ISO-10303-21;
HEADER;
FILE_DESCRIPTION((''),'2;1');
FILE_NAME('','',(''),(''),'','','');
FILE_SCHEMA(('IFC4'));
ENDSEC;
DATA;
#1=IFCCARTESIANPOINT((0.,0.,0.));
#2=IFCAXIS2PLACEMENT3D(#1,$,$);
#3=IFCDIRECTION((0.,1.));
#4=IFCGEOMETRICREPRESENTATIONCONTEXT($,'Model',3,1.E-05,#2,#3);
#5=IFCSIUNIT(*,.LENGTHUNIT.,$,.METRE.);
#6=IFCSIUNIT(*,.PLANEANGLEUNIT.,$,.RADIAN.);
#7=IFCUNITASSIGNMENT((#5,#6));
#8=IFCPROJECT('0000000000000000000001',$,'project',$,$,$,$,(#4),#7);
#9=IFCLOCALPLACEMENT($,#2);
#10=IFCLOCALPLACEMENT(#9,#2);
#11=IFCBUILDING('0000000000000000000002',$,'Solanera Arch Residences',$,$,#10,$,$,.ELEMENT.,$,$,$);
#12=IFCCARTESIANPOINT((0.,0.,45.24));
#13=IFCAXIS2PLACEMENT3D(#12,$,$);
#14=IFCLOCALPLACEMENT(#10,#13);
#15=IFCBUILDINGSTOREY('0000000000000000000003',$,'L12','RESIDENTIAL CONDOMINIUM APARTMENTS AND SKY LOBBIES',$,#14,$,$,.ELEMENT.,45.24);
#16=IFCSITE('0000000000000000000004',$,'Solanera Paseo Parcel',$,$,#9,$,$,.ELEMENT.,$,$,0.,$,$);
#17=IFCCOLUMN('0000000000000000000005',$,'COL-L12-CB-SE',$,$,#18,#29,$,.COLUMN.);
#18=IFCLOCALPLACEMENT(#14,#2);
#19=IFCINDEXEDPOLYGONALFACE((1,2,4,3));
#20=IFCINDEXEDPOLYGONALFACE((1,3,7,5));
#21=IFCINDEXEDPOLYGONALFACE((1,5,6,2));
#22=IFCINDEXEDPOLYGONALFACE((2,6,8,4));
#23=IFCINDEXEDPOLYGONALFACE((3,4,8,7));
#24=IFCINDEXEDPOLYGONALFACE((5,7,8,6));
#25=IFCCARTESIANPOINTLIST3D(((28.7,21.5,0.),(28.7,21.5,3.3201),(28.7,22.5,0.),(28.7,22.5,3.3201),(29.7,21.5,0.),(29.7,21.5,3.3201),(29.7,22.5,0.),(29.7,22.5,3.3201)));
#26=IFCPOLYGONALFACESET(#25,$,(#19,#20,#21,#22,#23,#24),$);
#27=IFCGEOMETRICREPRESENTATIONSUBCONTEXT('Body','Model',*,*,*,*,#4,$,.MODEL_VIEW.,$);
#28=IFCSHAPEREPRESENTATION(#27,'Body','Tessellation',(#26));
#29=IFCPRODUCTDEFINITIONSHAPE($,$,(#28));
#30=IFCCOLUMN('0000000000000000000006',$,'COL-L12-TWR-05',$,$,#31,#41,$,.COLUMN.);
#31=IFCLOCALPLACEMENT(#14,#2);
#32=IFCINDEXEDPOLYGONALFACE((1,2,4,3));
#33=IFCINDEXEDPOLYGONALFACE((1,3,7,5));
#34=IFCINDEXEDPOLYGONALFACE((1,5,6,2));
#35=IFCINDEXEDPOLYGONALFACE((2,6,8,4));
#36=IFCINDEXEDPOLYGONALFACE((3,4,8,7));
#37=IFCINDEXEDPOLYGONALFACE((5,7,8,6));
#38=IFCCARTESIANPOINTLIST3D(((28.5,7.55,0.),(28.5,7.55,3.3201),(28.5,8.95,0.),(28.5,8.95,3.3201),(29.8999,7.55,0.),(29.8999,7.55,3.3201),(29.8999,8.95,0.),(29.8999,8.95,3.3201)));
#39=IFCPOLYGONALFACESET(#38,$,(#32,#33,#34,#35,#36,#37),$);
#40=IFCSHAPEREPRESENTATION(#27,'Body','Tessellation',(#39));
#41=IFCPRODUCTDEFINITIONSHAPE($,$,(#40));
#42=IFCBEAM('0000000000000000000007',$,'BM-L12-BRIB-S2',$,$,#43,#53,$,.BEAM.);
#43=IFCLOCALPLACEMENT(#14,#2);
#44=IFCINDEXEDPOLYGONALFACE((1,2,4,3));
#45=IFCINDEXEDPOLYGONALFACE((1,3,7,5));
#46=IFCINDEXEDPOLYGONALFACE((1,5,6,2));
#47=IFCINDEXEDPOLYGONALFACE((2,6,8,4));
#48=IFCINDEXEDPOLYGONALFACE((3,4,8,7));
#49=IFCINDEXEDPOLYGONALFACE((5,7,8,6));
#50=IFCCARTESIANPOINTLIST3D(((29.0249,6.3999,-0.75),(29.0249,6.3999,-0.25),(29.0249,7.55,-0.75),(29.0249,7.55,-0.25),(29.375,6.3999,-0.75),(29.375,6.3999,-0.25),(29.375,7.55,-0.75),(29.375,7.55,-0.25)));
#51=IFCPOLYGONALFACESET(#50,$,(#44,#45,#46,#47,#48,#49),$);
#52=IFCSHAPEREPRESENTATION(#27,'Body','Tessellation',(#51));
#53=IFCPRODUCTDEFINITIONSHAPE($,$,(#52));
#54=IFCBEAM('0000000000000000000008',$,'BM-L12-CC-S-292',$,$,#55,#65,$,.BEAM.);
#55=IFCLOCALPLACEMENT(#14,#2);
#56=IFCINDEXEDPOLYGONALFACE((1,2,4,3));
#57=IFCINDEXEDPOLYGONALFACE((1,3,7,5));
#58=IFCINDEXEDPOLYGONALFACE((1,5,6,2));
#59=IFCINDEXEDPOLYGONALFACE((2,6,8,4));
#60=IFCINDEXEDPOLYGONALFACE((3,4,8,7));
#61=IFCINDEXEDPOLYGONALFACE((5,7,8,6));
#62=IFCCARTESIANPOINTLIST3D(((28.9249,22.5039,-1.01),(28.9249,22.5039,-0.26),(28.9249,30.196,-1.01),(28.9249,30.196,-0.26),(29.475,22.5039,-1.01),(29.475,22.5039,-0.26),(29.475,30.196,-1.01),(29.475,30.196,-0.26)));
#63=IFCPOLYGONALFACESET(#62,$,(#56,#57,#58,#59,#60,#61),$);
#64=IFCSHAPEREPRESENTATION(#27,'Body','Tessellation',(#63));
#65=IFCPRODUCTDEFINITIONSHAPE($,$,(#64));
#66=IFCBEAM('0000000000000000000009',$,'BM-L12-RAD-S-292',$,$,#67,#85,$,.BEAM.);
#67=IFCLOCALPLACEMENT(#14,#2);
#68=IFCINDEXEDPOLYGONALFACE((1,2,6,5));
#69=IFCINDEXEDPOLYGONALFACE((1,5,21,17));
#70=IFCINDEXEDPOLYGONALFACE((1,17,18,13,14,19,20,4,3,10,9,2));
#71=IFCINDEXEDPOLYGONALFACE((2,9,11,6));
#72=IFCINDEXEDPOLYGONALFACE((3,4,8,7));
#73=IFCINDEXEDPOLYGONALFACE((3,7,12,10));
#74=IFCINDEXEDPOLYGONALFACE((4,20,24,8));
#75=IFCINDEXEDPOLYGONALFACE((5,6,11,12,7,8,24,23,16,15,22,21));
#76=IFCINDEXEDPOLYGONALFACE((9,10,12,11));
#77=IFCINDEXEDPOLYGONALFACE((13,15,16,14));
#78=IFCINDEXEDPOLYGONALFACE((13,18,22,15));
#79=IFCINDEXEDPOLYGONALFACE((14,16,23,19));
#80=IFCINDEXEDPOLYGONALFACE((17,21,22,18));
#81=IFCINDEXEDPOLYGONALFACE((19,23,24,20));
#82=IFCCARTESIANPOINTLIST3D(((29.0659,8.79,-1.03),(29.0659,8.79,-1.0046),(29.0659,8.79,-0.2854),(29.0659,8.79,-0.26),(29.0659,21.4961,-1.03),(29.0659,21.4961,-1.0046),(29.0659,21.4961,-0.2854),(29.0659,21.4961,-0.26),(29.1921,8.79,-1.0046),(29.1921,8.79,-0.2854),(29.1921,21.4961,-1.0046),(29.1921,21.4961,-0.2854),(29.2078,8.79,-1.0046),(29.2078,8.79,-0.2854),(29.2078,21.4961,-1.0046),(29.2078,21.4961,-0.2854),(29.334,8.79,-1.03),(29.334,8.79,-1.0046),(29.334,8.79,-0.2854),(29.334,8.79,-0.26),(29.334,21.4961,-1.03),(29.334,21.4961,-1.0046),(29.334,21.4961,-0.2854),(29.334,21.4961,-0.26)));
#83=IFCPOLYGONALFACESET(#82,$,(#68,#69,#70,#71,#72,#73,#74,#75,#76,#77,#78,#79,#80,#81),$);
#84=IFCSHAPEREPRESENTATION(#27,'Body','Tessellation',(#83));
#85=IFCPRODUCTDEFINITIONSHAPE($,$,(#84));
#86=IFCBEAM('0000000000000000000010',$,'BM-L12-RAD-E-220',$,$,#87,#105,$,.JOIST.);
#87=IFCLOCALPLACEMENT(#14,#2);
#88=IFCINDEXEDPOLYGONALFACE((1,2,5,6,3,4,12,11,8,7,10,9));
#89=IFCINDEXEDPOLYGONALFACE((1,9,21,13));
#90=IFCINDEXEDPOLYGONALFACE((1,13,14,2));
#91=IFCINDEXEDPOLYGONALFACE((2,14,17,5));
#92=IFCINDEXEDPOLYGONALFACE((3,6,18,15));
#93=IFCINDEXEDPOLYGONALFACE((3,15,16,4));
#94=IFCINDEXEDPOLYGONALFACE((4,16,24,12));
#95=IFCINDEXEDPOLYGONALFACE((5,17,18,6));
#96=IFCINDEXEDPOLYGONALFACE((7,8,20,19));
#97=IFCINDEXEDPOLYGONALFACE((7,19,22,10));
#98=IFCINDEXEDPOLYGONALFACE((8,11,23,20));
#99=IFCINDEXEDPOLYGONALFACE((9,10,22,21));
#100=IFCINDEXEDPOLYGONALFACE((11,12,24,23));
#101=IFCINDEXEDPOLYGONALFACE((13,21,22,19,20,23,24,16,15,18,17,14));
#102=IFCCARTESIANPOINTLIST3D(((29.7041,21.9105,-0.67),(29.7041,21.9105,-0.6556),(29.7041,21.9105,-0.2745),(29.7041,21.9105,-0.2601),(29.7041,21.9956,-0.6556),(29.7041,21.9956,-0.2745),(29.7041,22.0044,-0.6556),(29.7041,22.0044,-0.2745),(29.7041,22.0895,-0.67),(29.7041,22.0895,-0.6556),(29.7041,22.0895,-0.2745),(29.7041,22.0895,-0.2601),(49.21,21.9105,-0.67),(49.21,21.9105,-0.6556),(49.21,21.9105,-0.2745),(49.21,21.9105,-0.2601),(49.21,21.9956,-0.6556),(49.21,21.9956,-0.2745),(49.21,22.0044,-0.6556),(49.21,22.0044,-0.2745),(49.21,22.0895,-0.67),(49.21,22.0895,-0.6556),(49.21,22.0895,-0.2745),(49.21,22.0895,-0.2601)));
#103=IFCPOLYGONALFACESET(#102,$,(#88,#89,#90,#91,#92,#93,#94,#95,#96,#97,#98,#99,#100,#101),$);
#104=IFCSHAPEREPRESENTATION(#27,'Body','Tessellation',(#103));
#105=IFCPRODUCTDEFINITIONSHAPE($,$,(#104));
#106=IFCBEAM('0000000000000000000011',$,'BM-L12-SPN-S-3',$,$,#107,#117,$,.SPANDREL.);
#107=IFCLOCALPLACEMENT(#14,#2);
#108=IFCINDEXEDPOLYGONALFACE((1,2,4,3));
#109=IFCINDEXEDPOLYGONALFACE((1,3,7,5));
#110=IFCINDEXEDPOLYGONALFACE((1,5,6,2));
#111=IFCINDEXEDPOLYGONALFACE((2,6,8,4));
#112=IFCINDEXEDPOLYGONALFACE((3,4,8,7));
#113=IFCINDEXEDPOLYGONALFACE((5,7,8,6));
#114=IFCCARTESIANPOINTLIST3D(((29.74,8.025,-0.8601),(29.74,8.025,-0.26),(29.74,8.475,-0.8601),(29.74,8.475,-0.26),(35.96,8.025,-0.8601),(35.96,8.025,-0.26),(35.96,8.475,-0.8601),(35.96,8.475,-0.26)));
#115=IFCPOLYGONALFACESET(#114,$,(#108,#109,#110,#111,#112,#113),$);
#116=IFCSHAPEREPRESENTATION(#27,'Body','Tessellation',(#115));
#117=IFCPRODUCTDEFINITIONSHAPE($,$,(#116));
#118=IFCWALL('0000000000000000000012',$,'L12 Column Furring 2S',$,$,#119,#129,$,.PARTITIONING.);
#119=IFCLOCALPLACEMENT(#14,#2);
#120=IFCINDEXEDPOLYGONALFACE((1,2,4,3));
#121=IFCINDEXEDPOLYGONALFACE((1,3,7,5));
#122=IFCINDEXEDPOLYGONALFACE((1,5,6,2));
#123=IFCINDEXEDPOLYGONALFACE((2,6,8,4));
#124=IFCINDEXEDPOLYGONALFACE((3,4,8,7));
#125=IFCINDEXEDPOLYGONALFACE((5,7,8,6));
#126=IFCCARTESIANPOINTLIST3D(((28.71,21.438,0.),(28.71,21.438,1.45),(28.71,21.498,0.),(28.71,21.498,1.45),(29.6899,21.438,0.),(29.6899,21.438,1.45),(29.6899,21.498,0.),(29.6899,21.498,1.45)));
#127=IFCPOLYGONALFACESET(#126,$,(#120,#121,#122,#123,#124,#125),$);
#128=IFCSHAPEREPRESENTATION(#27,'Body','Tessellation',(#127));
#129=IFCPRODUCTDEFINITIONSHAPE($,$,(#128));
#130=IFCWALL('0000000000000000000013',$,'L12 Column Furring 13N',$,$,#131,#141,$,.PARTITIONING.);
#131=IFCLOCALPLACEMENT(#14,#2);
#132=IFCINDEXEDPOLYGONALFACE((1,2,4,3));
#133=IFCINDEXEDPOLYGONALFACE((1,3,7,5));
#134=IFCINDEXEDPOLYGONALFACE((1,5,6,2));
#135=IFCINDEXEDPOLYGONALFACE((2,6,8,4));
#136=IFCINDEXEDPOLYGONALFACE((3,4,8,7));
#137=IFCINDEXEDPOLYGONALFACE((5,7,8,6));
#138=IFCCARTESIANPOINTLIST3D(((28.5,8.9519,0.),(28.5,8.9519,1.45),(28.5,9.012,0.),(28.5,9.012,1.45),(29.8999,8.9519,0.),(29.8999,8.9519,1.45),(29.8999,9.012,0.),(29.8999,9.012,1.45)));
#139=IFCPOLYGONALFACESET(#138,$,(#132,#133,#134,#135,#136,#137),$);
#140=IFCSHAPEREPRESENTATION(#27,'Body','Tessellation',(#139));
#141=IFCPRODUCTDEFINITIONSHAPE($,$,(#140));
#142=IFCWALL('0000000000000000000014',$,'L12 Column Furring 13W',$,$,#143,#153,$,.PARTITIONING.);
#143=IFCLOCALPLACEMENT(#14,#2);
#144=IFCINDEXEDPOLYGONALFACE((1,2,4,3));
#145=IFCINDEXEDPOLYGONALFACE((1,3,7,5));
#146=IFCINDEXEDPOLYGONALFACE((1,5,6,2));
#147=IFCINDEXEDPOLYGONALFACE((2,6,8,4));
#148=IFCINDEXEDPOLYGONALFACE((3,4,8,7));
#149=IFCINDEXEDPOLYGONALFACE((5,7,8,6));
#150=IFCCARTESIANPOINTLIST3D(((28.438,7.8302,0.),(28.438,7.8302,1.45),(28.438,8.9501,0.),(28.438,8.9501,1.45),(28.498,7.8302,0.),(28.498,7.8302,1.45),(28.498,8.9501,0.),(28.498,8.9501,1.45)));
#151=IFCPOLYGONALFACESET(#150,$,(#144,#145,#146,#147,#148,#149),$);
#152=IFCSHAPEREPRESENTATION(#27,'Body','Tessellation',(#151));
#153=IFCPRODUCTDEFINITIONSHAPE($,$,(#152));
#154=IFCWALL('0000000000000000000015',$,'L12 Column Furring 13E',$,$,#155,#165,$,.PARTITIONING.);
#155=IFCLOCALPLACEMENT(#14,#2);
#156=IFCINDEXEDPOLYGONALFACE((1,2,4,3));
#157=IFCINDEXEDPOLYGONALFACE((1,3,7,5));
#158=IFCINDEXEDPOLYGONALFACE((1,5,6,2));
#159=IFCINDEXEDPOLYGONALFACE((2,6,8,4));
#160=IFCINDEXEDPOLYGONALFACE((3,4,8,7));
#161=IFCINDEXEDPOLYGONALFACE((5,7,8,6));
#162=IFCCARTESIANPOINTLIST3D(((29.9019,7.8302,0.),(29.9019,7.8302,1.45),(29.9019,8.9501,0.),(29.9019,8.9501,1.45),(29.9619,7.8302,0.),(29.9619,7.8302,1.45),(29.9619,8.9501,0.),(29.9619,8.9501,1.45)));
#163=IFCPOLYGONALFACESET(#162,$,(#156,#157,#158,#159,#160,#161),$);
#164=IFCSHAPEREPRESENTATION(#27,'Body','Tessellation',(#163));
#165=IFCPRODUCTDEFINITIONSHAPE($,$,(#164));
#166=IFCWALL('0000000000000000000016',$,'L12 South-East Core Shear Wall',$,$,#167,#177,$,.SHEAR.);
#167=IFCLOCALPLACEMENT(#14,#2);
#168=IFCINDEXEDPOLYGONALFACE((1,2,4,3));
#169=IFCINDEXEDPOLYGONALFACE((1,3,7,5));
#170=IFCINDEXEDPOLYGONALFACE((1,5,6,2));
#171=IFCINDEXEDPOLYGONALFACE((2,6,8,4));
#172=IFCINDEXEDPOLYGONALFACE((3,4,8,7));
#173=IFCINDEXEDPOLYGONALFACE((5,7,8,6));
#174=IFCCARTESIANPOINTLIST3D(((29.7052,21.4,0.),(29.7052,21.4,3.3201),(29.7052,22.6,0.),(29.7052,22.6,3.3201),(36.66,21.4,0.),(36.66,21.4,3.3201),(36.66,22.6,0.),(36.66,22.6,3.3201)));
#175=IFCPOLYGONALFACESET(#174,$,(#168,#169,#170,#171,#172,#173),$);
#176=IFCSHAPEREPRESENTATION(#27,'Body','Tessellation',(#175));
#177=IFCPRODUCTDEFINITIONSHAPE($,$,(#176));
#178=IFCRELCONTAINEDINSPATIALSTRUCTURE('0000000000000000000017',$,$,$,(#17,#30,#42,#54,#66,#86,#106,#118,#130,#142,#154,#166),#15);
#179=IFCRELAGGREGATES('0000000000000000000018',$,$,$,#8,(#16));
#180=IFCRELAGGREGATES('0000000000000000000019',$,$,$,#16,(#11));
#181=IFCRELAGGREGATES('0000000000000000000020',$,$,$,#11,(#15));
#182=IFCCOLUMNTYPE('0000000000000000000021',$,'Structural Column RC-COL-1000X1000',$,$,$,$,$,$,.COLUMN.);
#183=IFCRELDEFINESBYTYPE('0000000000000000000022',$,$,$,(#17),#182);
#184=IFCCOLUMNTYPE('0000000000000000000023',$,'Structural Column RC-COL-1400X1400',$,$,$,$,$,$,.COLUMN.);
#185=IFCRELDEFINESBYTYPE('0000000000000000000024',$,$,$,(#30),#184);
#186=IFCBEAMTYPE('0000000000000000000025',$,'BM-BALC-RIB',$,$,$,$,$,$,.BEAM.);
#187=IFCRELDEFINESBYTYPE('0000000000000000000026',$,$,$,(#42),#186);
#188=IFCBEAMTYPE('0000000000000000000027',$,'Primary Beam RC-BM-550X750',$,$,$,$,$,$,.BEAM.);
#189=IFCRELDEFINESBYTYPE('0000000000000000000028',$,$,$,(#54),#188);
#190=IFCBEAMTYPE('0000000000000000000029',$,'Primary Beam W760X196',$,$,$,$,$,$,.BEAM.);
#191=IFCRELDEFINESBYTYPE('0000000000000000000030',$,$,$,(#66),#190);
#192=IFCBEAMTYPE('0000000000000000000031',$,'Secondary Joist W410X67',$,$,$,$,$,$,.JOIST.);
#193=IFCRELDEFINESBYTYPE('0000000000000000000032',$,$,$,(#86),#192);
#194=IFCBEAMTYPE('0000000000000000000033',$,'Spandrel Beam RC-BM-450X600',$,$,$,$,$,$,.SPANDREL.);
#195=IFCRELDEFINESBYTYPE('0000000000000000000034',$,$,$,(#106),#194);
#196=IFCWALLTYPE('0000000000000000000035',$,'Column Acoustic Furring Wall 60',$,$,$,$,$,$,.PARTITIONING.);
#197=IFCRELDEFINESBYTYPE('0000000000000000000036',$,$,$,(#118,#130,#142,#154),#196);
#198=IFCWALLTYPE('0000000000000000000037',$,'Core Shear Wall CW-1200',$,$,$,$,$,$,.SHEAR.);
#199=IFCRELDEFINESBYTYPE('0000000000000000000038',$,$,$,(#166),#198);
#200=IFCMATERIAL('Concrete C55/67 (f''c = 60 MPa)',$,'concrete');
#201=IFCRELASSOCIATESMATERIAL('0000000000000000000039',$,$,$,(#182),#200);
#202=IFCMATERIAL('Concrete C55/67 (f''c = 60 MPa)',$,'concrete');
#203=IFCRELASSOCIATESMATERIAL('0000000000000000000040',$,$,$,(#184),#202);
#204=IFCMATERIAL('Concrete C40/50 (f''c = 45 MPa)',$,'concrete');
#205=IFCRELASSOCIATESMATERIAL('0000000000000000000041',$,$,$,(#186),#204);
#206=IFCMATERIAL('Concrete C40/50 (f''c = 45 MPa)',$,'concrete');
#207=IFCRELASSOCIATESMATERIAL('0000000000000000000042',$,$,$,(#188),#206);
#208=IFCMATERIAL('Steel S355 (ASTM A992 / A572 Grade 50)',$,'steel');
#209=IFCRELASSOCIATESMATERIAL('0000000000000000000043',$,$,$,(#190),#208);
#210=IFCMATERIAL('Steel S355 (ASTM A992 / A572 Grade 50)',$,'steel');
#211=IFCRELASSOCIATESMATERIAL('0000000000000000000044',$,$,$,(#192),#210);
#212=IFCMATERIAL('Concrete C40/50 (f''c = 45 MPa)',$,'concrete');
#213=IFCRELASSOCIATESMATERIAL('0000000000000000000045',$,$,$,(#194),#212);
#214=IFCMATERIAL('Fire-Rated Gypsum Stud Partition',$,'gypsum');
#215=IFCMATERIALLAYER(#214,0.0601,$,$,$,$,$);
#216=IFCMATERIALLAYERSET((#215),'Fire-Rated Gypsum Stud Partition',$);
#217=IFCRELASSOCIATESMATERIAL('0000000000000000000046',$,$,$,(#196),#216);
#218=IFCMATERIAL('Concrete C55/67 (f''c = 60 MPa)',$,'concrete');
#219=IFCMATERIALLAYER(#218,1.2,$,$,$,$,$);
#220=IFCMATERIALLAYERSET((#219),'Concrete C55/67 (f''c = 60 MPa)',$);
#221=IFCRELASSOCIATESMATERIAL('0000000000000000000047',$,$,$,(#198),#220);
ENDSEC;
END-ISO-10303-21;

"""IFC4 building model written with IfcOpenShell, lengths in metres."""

from ifc_helpers import new_model, si_unit, direction, frame, frame_2d, origin, origin_2d, place, context, subcontext, project, spatial, rectangle, i_section, extrude, material, layer, layer_set, material_profile, profile_set, type_object, element, save


model = new_model("IFC4")

# Units and contexts
model_context = context("Model", 3, precision=1e-05, world=origin(), true_north=direction((0.0, 1.0)))
body_context = subcontext(model_context, "Body", "Model", "MODEL_VIEW")
ifc_project = project(units=[si_unit("LENGTHUNIT", "METRE"), si_unit("PLANEANGLEUNIT", "RADIAN")], contexts=[model_context])

# Site, building, storey
site_placement = place(None, origin())
site = spatial("IfcSite", under=ifc_project, at=site_placement, Name="Solanera Paseo Parcel", CompositionType="ELEMENT", RefElevation=0.0)
building_placement = place(site_placement, origin())
building = spatial("IfcBuilding", under=site, at=building_placement, Name="Solanera Arch Residences", CompositionType="ELEMENT")
storey_placement = place(building_placement, frame((0.0, 0.0, 45.24)))
storey = spatial("IfcBuildingStorey", under=building, at=storey_placement, Name="L12", Description="RESIDENTIAL CONDOMINIUM APARTMENTS AND SKY LOBBIES", CompositionType="ELEMENT", Elevation=45.24)

# Columns
ifc_material_1 = material(Name="Concrete C55/67 (f'c = 60 MPa)", Category="concrete")
ifc_material_profile_1 = material_profile(ifc_material_1, rectangle(XDim=1.0, YDim=1.0, at=origin_2d()))
ifc_profile_set_1 = profile_set([ifc_material_profile_1], Name="Concrete C55/67 (f'c = 60 MPa)")
column_type_1 = type_object("IfcColumnType", Name="Structural Column RC-COL-1000X1000", PredefinedType="COLUMN", material=ifc_profile_set_1)
column_1_placement = place(storey_placement, frame((29.2, 22.0, 0.0), z_axis=(0.0, 0.0, 1.0), x_axis=(1.0, 0.0, 0.0)))
element("IfcColumn", 1, at=column_1_placement, inside=storey, type_object=column_type_1, Name="COL-L12-CB-SE", PredefinedType="COLUMN", context=body_context, shape_type="SweptSolid", body=[
    extrude(rectangle(XDim=1.0, YDim=1.0, at=origin_2d()), origin(), (0.0, 0.0, 1.0), 3.3201),
])
ifc_material_2 = material(Name="Concrete C55/67 (f'c = 60 MPa)", Category="concrete")
ifc_material_profile_2 = material_profile(ifc_material_2, rectangle(XDim=1.3999, YDim=1.3999, at=origin_2d()))
ifc_profile_set_2 = profile_set([ifc_material_profile_2], Name="Concrete C55/67 (f'c = 60 MPa)")
column_type_2 = type_object("IfcColumnType", Name="Structural Column RC-COL-1400X1400", PredefinedType="COLUMN", material=ifc_profile_set_2)
column_2_placement = place(storey_placement, frame((29.2, 8.25, 0.0), z_axis=(0.0, 0.0, 1.0), x_axis=(1.0, 0.0, 0.0)))
element("IfcColumn", 2, at=column_2_placement, inside=storey, type_object=column_type_2, Name="COL-L12-TWR-05", PredefinedType="COLUMN", context=body_context, shape_type="SweptSolid", body=[
    extrude(rectangle(XDim=1.3999, YDim=1.3999, at=origin_2d()), origin(), (0.0, 0.0, 1.0), 3.3201),
])

# Beams
ifc_material_3 = material(Name="Concrete C40/50 (f'c = 45 MPa)", Category="concrete")
ifc_material_profile_3 = material_profile(ifc_material_3, rectangle(XDim=0.3501, YDim=0.5, at=origin_2d()))
ifc_profile_set_3 = profile_set([ifc_material_profile_3], Name="Concrete C40/50 (f'c = 45 MPa)")
beam_type_1 = type_object("IfcBeamType", Name="BM-BALC-RIB", PredefinedType="BEAM", material=ifc_profile_set_3)
beam_1_placement = place(storey_placement, frame((29.2, 6.3999, -0.5), z_axis=(0.0, 1.0, 0.0), x_axis=(-1.0, 0.0, 0.0)))
element("IfcBeam", 3, at=beam_1_placement, inside=storey, type_object=beam_type_1, Name="BM-L12-BRIB-S2", PredefinedType="BEAM", context=body_context, shape_type="SweptSolid", body=[
    extrude(rectangle(XDim=0.3501, YDim=0.5, at=origin_2d()), origin(), (0.0, 0.0, 1.0), 1.1501),
])
ifc_material_4 = material(Name="Concrete C40/50 (f'c = 45 MPa)", Category="concrete")
ifc_material_profile_4 = material_profile(ifc_material_4, rectangle(XDim=0.55, YDim=0.75, at=origin_2d()))
ifc_profile_set_4 = profile_set([ifc_material_profile_4], Name="Concrete C40/50 (f'c = 45 MPa)")
beam_type_2 = type_object("IfcBeamType", Name="Primary Beam RC-BM-550X750", PredefinedType="BEAM", material=ifc_profile_set_4)
beam_2_placement = place(storey_placement, frame((29.2, 22.5039, -0.635), z_axis=(0.0, 1.0, 0.0), x_axis=(-1.0, 0.0, 0.0)))
element("IfcBeam", 4, at=beam_2_placement, inside=storey, type_object=beam_type_2, Name="BM-L12-CC-S-292", PredefinedType="BEAM", context=body_context, shape_type="SweptSolid", body=[
    extrude(rectangle(XDim=0.55, YDim=0.75, at=origin_2d()), origin(), (0.0, 0.0, 1.0), 7.6921),
])
ifc_material_5 = material(Name="Steel S355 (ASTM A992 / A572 Grade 50)", Category="steel")
ifc_material_profile_5 = material_profile(ifc_material_5, i_section(OverallWidth=0.2681, OverallDepth=0.77, WebThickness=0.0156, FlangeThickness=0.0254, at=origin_2d()))
ifc_profile_set_5 = profile_set([ifc_material_profile_5], Name="Steel S355 (ASTM A992 / A572 Grade 50)")
beam_type_3 = type_object("IfcBeamType", Name="Primary Beam W760X196", PredefinedType="BEAM", material=ifc_profile_set_5)
beam_3_placement = place(storey_placement, frame((29.2, 8.79, -0.645), z_axis=(0.0, 1.0, 0.0), x_axis=(-1.0, 0.0, 0.0)))
element("IfcBeam", 5, at=beam_3_placement, inside=storey, type_object=beam_type_3, Name="BM-L12-RAD-S-292", PredefinedType="BEAM", context=body_context, shape_type="SweptSolid", body=[
    extrude(i_section(OverallWidth=0.2681, OverallDepth=0.77, WebThickness=0.0156, FlangeThickness=0.0254, at=origin_2d()), origin(), (0.0, 0.0, 1.0), 12.7061),
])
ifc_material_6 = material(Name="Steel S355 (ASTM A992 / A572 Grade 50)", Category="steel")
ifc_material_profile_6 = material_profile(ifc_material_6, i_section(OverallWidth=0.179, OverallDepth=0.4099, WebThickness=0.0088, FlangeThickness=0.0144, at=origin_2d()))
ifc_profile_set_6 = profile_set([ifc_material_profile_6], Name="Steel S355 (ASTM A992 / A572 Grade 50)")
beam_type_4 = type_object("IfcBeamType", Name="Secondary Joist W410X67", PredefinedType="JOIST", material=ifc_profile_set_6)
beam_4_placement = place(storey_placement, frame((29.7041, 22.0, -0.4651), z_axis=(1.0, 0.0, 0.0), x_axis=(0.0, 1.0, 0.0)))
element("IfcBeam", 6, at=beam_4_placement, inside=storey, type_object=beam_type_4, Name="BM-L12-RAD-E-220", PredefinedType="JOIST", context=body_context, shape_type="SweptSolid", body=[
    extrude(i_section(OverallWidth=0.179, OverallDepth=0.4099, WebThickness=0.0088, FlangeThickness=0.0144, at=origin_2d()), origin(), (0.0, 0.0, 1.0), 19.5059),
])
ifc_material_7 = material(Name="Concrete C40/50 (f'c = 45 MPa)", Category="concrete")
ifc_material_profile_7 = material_profile(ifc_material_7, rectangle(XDim=0.45, YDim=0.6001, at=origin_2d()))
ifc_profile_set_7 = profile_set([ifc_material_profile_7], Name="Concrete C40/50 (f'c = 45 MPa)")
beam_type_5 = type_object("IfcBeamType", Name="Spandrel Beam RC-BM-450X600", PredefinedType="SPANDREL", material=ifc_profile_set_7)
beam_5_placement = place(storey_placement, frame((29.74, 8.25, -0.5601), z_axis=(1.0, 0.0, 0.0), x_axis=(0.0, 1.0, 0.0)))
element("IfcBeam", 7, at=beam_5_placement, inside=storey, type_object=beam_type_5, Name="BM-L12-SPN-S-3", PredefinedType="SPANDREL", context=body_context, shape_type="SweptSolid", body=[
    extrude(rectangle(XDim=0.45, YDim=0.6001, at=origin_2d()), origin(), (0.0, 0.0, 1.0), 6.22),
])

# Walls
ifc_material_8 = material(Name="Fire-Rated Gypsum Stud Partition", Category="gypsum")
ifc_layer_1 = layer(ifc_material_8, 0.0601)
ifc_layer_set_1 = layer_set([ifc_layer_1], Name="Fire-Rated Gypsum Stud Partition")
wall_type_1 = type_object("IfcWallType", Name="Column Acoustic Furring Wall 60", PredefinedType="PARTITIONING", material=ifc_layer_set_1)
wall_1_placement = place(storey_placement, frame((28.71, 21.468, 0.0), z_axis=(0.0, 0.0, 1.0), x_axis=(1.0, 0.0, 0.0)))
element("IfcWall", 8, at=wall_1_placement, inside=storey, type_object=wall_type_1, Name="L12 Column Furring 2S", PredefinedType="PARTITIONING", context=body_context, shape_type="SweptSolid", body=[
    extrude(rectangle(XDim=0.98, YDim=0.0601, at=frame_2d((0.49, 0.0))), origin(), (0.0, 0.0, 1.0), 1.45),
])
wall_2_placement = place(storey_placement, frame((28.5, 8.9819, 0.0), z_axis=(0.0, 0.0, 1.0), x_axis=(1.0, 0.0, 0.0)))
element("IfcWall", 9, at=wall_2_placement, inside=storey, type_object=wall_type_1, Name="L12 Column Furring 13N", PredefinedType="PARTITIONING", context=body_context, shape_type="SweptSolid", body=[
    extrude(rectangle(XDim=1.3999, YDim=0.0601, at=frame_2d((0.7, 0.0))), origin(), (0.0, 0.0, 1.0), 1.45),
])
for number, where, z_axis, x_axis, name in (
    (10, (28.468, 7.8301, 0.0), (0.0, 0.0, 1.0), (0.0, 1.0, 0.0), "L12 Column Furring 13W"),
    (11, (29.9319, 7.8301, 0.0), (0.0, 0.0, 1.0), (0.0, 1.0, 0.0), "L12 Column Furring 13E"),
):
    element("IfcWall", number, at=place(storey_placement, frame(where, z_axis=z_axis, x_axis=x_axis)), inside=storey, type_object=wall_type_1, Name=name, PredefinedType="PARTITIONING", context=body_context, shape_type="SweptSolid", body=[
        extrude(rectangle(XDim=1.1199, YDim=0.0601, at=frame_2d((0.5601, 0.0))), origin(), (0.0, 0.0, 1.0), 1.45),
    ])
ifc_material_9 = material(Name="Concrete C55/67 (f'c = 60 MPa)", Category="concrete")
ifc_layer_2 = layer(ifc_material_9, 1.2)
ifc_layer_set_2 = layer_set([ifc_layer_2], Name="Concrete C55/67 (f'c = 60 MPa)")
wall_type_2 = type_object("IfcWallType", Name="Core Shear Wall CW-1200", PredefinedType="SHEAR", material=ifc_layer_set_2)
wall_3_placement = place(storey_placement, frame((29.7051, 22.0, 0.0), z_axis=(0.0, 0.0, 1.0), x_axis=(1.0, 0.0, 0.0)))
element("IfcWall", 12, at=wall_3_placement, inside=storey, type_object=wall_type_2, Name="L12 South-East Core Shear Wall", PredefinedType="SHEAR", context=body_context, shape_type="SweptSolid", body=[
    extrude(rectangle(XDim=6.9548, YDim=1.2, at=frame_2d((3.4775, 0.0))), origin(), (0.0, 0.0, 1.0), 3.3201),
])

save(model, "model.ifc")
